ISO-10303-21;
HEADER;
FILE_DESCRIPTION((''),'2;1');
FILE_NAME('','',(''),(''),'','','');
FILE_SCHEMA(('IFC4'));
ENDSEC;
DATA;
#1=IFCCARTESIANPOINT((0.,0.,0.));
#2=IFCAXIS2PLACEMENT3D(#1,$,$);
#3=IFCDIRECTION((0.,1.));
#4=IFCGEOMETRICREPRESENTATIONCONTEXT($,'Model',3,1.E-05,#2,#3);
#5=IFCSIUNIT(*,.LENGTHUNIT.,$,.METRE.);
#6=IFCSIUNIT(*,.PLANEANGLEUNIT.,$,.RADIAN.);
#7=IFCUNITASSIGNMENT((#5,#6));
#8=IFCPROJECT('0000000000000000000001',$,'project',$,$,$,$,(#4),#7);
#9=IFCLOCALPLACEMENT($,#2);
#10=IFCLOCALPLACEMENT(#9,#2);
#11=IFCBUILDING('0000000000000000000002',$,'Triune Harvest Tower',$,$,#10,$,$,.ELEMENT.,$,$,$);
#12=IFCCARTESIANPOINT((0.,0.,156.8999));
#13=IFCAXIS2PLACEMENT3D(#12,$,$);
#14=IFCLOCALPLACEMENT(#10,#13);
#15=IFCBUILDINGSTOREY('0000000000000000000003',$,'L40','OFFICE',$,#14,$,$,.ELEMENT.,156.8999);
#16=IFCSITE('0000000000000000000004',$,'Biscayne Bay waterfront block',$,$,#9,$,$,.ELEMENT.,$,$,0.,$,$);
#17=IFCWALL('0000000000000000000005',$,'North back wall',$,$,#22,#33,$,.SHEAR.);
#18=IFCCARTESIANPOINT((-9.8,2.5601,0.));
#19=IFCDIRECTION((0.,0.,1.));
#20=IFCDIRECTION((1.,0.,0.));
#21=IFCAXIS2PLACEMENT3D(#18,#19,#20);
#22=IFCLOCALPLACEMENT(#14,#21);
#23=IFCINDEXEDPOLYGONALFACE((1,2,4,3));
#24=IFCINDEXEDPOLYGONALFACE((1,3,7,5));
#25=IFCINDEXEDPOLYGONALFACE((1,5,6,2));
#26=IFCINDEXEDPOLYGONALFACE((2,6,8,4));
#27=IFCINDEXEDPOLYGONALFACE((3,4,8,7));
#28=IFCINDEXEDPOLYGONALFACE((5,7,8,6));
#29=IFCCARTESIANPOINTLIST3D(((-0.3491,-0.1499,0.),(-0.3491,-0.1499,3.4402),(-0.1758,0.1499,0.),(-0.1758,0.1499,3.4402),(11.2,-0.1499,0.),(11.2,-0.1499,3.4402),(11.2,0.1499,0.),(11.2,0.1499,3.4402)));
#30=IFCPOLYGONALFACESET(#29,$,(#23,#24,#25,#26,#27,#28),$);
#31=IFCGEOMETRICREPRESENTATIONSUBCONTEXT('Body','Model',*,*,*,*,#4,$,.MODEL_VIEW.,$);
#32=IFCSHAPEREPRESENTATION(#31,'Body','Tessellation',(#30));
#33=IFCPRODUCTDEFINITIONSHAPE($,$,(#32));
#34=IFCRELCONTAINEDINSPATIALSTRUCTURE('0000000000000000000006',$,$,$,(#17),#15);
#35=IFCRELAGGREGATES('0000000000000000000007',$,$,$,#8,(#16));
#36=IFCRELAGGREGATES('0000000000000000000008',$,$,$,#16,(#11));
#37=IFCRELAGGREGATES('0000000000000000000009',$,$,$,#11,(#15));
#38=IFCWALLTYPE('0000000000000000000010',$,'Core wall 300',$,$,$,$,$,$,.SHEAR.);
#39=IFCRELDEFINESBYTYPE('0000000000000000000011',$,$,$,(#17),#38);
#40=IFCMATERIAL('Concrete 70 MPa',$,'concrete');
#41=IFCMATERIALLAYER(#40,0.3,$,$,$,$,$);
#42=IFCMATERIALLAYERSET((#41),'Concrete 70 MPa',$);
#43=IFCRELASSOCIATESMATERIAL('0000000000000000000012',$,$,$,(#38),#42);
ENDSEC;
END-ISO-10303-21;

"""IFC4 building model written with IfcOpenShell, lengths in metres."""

from ifc_helpers import new_model, si_unit, direction, frame, origin, place, context, subcontext, project, spatial, polyline, outline, extrude, source, transform, mapped, material, layer, layer_set, type_object, element, save


model = new_model("IFC4")

# Units and contexts
model_context = context("Model", 3, precision=1e-05, world=origin(), true_north=direction((0.0, 1.0)))
body_context = subcontext(model_context, "Body", "Model", "MODEL_VIEW")
ifc_project = project(units=[si_unit("LENGTHUNIT", "METRE"), si_unit("PLANEANGLEUNIT", "RADIAN")], contexts=[model_context])

# Site, building, storey
site_placement = place(None, origin())
site = spatial("IfcSite", under=ifc_project, at=site_placement, Name="Biscayne Bay waterfront block", CompositionType="ELEMENT", RefElevation=0.0)
building_placement = place(site_placement, origin())
building = spatial("IfcBuilding", under=site, at=building_placement, Name="Triune Harvest Tower", CompositionType="ELEMENT")
storey_placement = place(building_placement, frame((0.0, 0.0, 156.8999)))
storey = spatial("IfcBuildingStorey", under=building, at=storey_placement, Name="L40", Description="OFFICE", CompositionType="ELEMENT", Elevation=156.8999)

# Shared definitions
ifc_material_1 = material(Name="Concrete 70 MPa", Category="concrete")
ifc_layer_1 = layer(ifc_material_1, 0.3)
ifc_layer_set_1 = layer_set([ifc_layer_1], Name="Concrete 70 MPa")
wall_type_1 = type_object("IfcWallType", Name="Core wall 300", PredefinedType="SHEAR", material=ifc_layer_set_1)

# Wall
shared_shape_1 = source(origin(), body_context, "Body", "SweptSolid", [
    extrude(outline(polyline([(11.2, -0.1499), (-0.3491, -0.1499), (-0.1758, 0.1499), (11.2, 0.1499), (11.2, -0.1499)])), origin(), (0.0, 0.0, 1.0), 3.4402),
])
wall_1_placement = place(storey_placement, frame((-9.8, 2.5601, 0.0), z_axis=(0.0, 0.0, 1.0), x_axis=(1.0, 0.0, 0.0)))
element("IfcWall", 1, at=wall_1_placement, inside=storey, type_object=wall_type_1, Name="North back wall", PredefinedType="SHEAR", context=body_context, shape_type="MappedRepresentation", body=[
    mapped(shared_shape_1, transform((0.0, 0.0, 0.0), scale=1.0)),
])

save(model, "model.ifc")
